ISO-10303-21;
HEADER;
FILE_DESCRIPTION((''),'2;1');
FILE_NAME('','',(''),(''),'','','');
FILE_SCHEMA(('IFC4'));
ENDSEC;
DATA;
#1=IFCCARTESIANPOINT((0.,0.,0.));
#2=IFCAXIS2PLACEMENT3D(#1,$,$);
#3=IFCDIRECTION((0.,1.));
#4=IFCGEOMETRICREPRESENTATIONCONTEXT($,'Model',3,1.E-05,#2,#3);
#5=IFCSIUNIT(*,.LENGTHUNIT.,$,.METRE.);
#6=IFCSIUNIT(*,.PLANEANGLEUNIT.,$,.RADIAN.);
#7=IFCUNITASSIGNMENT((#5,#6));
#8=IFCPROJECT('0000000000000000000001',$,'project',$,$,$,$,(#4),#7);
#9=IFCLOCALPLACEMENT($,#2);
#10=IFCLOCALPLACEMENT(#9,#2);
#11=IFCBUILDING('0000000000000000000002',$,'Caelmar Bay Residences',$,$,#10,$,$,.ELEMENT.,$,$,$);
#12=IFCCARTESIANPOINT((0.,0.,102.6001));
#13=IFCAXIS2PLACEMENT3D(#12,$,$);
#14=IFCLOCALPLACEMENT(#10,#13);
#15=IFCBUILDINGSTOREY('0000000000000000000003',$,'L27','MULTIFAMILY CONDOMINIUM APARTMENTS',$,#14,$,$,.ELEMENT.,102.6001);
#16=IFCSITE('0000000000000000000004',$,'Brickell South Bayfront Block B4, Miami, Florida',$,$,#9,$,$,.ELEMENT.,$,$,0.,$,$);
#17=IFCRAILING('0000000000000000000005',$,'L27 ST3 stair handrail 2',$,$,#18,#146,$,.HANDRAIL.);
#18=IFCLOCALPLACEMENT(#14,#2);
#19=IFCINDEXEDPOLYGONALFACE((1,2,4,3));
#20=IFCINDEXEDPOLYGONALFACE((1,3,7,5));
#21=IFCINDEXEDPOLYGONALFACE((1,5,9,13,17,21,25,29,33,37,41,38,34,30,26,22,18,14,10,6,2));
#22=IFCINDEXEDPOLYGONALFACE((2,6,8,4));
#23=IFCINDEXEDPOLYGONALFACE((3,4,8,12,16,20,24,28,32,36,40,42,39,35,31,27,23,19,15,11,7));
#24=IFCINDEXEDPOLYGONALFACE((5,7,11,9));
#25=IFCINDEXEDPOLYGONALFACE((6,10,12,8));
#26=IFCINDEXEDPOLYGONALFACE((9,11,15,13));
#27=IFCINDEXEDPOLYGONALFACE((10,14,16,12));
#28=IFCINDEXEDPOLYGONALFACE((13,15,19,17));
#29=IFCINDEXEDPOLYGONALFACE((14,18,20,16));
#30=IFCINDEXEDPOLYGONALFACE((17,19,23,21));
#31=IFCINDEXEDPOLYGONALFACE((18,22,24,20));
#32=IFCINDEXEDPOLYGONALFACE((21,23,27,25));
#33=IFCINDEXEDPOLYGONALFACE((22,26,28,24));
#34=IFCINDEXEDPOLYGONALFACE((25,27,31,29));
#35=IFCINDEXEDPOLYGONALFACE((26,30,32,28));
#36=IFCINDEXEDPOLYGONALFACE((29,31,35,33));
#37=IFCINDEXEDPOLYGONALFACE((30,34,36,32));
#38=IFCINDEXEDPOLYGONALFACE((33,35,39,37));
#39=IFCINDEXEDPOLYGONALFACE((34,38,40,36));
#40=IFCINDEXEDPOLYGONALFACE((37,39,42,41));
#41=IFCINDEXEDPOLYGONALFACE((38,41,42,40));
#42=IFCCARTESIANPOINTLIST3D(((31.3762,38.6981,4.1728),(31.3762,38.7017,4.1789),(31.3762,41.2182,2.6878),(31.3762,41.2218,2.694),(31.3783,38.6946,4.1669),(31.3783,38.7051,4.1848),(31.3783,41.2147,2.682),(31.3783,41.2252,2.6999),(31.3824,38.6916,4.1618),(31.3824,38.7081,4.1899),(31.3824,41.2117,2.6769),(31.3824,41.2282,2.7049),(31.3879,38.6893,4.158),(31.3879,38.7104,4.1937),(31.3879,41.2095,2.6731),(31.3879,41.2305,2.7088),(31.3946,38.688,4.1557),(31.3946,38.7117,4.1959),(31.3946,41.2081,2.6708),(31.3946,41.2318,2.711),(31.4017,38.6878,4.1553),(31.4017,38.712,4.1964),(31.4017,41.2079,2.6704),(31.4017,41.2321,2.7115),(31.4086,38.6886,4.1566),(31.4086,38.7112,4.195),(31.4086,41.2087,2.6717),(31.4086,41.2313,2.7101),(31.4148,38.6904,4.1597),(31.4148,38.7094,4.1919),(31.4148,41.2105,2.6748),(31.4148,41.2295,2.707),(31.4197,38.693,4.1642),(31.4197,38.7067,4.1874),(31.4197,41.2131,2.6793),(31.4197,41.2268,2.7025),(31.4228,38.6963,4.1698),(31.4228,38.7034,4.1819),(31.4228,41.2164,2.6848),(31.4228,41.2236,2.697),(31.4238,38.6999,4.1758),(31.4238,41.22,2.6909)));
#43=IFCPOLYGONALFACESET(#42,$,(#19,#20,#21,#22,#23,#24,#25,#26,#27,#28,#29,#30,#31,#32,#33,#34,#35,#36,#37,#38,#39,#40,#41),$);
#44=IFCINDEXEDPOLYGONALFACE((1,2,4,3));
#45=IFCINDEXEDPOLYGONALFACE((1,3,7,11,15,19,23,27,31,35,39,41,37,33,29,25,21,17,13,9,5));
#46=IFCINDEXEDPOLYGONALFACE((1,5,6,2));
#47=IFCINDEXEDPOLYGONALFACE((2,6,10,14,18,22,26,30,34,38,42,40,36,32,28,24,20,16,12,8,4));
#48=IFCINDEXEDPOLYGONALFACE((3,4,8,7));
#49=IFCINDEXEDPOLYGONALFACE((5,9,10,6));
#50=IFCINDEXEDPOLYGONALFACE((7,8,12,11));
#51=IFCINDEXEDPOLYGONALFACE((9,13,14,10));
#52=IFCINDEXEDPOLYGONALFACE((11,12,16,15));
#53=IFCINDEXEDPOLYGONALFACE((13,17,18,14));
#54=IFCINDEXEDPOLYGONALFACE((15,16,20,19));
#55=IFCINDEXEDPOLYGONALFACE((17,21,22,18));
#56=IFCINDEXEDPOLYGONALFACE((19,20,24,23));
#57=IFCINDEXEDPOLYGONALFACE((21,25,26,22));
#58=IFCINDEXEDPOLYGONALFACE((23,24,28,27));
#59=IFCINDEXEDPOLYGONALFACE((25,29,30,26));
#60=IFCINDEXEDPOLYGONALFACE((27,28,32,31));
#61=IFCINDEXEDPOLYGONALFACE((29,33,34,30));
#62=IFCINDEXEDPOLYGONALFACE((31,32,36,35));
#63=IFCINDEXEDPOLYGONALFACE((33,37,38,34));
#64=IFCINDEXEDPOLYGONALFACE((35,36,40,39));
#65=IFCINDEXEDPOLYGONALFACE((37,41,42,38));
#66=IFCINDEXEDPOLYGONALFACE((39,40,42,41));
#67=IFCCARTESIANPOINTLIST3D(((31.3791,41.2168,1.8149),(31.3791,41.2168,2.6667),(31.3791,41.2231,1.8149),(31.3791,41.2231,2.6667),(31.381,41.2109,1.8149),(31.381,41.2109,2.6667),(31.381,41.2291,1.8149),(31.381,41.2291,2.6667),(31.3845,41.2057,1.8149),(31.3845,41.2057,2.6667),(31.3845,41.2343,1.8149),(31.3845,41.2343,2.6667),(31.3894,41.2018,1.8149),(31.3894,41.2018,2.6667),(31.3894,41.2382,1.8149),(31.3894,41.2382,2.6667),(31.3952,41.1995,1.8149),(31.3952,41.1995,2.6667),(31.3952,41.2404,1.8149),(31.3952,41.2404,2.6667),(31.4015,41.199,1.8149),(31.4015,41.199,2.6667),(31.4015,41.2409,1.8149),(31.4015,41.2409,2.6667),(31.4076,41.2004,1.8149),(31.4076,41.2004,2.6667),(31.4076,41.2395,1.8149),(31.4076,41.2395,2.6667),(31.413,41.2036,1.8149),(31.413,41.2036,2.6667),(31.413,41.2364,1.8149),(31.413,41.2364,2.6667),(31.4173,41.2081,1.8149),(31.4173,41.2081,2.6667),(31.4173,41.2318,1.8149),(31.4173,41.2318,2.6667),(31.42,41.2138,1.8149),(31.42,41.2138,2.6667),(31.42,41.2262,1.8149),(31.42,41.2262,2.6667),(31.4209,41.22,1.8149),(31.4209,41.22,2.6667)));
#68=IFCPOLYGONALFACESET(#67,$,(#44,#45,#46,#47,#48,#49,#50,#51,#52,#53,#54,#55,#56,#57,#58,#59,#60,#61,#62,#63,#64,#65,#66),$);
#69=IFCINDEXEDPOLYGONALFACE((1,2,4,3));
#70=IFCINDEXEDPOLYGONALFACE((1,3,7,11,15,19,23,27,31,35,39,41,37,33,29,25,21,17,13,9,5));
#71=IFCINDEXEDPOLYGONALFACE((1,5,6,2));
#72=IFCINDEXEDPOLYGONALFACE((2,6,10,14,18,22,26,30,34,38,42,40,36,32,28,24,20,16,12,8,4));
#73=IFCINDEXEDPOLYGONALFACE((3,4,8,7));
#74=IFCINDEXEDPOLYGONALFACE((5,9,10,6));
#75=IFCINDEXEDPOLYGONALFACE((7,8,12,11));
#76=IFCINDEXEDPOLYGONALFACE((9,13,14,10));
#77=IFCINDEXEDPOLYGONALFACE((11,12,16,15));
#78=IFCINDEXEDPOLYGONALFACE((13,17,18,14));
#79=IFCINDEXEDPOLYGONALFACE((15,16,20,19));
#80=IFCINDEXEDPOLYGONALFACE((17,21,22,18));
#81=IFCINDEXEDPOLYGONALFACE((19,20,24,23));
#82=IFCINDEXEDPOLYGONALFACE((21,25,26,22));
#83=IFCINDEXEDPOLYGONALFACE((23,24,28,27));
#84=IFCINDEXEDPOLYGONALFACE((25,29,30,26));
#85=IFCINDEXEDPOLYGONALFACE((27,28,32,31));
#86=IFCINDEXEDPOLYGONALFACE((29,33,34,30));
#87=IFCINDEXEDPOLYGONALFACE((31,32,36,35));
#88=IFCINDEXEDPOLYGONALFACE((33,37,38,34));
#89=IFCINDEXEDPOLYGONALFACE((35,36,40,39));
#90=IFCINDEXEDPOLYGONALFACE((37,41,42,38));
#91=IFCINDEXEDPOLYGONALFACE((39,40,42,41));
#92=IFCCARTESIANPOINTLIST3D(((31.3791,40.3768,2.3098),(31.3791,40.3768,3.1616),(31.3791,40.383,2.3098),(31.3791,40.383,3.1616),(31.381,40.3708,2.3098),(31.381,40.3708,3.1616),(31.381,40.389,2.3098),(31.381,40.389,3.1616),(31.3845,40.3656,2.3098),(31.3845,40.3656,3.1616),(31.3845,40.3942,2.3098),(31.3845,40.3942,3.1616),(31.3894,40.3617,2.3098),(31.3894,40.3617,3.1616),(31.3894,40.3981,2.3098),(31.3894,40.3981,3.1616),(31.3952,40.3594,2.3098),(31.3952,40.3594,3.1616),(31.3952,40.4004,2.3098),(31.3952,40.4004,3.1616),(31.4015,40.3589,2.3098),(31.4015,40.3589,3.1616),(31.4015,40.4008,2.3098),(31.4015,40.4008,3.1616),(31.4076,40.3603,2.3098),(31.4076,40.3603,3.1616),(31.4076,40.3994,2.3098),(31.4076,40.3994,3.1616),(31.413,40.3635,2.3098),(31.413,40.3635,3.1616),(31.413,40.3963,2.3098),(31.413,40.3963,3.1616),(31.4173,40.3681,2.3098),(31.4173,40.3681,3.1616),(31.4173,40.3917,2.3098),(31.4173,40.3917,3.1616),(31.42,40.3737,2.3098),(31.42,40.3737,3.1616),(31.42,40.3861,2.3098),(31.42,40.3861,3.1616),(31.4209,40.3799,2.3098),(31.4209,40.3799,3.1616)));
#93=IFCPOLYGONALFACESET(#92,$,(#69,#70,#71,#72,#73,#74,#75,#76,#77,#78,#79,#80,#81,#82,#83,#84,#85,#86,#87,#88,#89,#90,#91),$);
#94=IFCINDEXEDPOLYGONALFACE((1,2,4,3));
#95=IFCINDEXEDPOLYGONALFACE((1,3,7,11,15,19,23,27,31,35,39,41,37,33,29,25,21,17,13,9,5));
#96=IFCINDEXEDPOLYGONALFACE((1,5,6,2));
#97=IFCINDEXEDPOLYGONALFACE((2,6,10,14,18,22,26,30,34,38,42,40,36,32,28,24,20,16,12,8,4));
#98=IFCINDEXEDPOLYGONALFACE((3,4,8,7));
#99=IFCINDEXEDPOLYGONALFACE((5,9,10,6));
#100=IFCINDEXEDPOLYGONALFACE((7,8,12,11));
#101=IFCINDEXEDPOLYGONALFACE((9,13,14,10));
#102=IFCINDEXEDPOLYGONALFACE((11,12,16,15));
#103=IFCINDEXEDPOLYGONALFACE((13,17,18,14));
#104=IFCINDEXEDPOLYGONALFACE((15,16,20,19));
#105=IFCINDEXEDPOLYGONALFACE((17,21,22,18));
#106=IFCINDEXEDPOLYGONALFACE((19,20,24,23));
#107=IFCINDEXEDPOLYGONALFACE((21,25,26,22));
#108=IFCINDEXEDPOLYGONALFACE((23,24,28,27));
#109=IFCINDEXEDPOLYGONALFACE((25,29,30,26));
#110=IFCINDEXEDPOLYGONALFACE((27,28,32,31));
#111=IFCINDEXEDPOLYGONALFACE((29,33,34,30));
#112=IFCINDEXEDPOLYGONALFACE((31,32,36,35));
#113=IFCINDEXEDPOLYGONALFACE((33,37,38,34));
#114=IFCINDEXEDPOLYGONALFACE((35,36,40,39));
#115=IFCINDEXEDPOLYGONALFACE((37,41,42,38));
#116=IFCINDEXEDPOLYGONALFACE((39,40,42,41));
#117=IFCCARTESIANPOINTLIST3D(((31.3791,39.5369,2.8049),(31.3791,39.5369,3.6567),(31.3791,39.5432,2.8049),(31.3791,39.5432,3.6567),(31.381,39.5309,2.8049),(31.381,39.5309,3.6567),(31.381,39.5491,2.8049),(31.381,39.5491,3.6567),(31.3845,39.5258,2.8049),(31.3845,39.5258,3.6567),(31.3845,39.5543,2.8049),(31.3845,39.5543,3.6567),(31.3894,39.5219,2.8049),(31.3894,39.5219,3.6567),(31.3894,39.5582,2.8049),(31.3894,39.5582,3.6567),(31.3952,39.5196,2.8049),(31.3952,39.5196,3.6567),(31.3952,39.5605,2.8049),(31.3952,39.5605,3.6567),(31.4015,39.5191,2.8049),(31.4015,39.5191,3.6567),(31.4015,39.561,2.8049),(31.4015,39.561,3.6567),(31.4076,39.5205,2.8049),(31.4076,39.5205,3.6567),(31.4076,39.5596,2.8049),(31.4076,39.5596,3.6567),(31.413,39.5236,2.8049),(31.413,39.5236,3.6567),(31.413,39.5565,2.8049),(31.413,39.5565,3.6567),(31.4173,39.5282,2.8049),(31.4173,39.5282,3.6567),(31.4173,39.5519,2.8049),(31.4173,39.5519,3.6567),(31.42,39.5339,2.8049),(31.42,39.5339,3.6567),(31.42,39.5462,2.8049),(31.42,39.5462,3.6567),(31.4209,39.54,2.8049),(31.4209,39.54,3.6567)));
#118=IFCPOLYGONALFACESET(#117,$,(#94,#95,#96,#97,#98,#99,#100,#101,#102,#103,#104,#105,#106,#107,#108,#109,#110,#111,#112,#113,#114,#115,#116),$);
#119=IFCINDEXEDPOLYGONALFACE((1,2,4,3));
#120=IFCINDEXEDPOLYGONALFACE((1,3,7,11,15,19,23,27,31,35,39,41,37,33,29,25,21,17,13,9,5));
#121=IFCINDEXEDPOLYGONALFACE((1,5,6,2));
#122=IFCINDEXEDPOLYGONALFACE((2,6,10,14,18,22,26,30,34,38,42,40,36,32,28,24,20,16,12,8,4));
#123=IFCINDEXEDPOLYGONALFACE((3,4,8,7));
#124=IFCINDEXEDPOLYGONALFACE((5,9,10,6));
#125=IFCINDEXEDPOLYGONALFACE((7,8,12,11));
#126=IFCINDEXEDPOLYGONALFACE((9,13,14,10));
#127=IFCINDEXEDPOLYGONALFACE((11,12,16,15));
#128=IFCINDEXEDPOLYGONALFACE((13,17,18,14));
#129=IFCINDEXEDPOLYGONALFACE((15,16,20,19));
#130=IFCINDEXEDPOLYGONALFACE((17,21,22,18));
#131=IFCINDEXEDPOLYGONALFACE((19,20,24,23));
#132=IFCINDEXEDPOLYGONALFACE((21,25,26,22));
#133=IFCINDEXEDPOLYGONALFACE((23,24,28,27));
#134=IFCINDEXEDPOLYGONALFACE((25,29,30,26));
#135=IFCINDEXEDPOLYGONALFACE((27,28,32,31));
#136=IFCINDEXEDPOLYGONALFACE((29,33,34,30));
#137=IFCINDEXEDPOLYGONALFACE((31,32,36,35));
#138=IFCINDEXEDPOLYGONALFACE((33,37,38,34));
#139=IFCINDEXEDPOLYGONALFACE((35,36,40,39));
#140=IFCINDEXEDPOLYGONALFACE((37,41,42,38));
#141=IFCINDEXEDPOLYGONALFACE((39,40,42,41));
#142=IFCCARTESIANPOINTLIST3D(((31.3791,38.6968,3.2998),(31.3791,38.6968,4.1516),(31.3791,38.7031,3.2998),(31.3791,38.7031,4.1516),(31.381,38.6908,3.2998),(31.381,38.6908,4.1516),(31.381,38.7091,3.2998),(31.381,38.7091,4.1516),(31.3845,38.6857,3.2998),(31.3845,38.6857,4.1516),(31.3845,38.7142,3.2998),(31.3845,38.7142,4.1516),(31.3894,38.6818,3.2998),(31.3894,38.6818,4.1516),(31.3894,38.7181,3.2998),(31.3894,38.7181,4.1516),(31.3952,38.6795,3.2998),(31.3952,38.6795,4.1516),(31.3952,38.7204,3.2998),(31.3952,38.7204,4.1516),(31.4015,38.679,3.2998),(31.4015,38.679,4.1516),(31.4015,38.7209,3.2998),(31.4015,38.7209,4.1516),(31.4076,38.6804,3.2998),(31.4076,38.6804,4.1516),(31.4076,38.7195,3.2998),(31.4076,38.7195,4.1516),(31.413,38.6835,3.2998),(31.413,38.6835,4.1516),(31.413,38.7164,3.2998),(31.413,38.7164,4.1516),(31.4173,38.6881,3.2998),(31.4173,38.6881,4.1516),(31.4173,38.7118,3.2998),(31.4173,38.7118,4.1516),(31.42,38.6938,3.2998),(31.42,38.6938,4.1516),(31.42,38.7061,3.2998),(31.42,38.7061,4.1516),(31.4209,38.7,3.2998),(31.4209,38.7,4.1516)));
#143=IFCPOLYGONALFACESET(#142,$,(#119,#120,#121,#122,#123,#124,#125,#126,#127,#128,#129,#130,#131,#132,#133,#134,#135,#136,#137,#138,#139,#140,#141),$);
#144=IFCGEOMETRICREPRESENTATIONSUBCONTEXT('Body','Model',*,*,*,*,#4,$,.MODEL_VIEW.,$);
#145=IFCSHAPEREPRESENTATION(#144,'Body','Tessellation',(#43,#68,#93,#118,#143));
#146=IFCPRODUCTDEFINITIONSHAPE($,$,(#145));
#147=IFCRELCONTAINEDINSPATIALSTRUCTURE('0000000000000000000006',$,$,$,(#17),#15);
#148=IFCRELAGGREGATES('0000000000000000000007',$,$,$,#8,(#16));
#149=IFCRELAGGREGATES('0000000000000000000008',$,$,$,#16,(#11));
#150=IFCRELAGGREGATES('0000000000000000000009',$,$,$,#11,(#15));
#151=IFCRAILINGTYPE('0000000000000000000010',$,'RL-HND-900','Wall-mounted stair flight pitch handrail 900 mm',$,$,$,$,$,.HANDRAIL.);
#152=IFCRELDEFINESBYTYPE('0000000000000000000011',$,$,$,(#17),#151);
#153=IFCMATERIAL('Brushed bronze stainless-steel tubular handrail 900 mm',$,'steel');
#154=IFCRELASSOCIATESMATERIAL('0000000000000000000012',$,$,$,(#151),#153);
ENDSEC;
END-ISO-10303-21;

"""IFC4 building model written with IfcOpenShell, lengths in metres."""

from ifc_helpers import new_model, si_unit, direction, frame, origin, origin_2d, place, context, subcontext, project, spatial, circle, extrude, material, type_object, element, save


model = new_model("IFC4")

# Units and contexts
model_context = context("Model", 3, precision=1e-05, world=origin(), true_north=direction((0.0, 1.0)))
body_context = subcontext(model_context, "Body", "Model", "MODEL_VIEW")
ifc_project = project(units=[si_unit("LENGTHUNIT", "METRE"), si_unit("PLANEANGLEUNIT", "RADIAN")], contexts=[model_context])

# Site, building, storey
site_placement = place(None, origin())
site = spatial("IfcSite", under=ifc_project, at=site_placement, Name="Brickell South Bayfront Block B4, Miami, Florida", CompositionType="ELEMENT", RefElevation=0.0)
building_placement = place(site_placement, origin())
building = spatial("IfcBuilding", under=site, at=building_placement, Name="Caelmar Bay Residences", CompositionType="ELEMENT")
storey_placement = place(building_placement, frame((0.0, 0.0, 102.6001)))
storey = spatial("IfcBuildingStorey", under=building, at=storey_placement, Name="L27", Description="MULTIFAMILY CONDOMINIUM APARTMENTS", CompositionType="ELEMENT", Elevation=102.6001)

# Railing
ifc_material_1 = material(Name="Brushed bronze stainless-steel tubular handrail 900 mm", Category="steel")
railing_type_1 = type_object("IfcRailingType", Name="RL-HND-900", Description="Wall-mounted stair flight pitch handrail 900 mm", PredefinedType="HANDRAIL", material=ifc_material_1)
railing_1_placement = place(storey_placement, frame((31.3999, 41.22, 1.8149)))
element("IfcRailing", 1, at=railing_1_placement, inside=storey, type_object=railing_type_1, Name="L27 ST3 stair handrail 2", PredefinedType="HANDRAIL", context=body_context, shape_type="SweptSolid", body=[
    extrude(circle(Radius=0.0239, at=origin_2d()), frame((0.0, 0.0, 0.876), z_axis=(0.0, -0.861561, 0.507655), x_axis=(1.0, 0.0, 0.0)), (0.0, 0.0, 1.0), 2.925),
    extrude(circle(Radius=0.021, at=origin_2d()), origin(), (0.0, 0.0, 1.0), 0.8518),
    extrude(circle(Radius=0.021, at=origin_2d()), frame((0.0, -0.8401, 0.4949)), (0.0, 0.0, 1.0), 0.8518),
    extrude(circle(Radius=0.021, at=origin_2d()), frame((0.0, -1.6799, 0.99)), (0.0, 0.0, 1.0), 0.8518),
    extrude(circle(Radius=0.021, at=origin_2d()), frame((0.0, -2.52, 1.4849)), (0.0, 0.0, 1.0), 0.8518),
])

save(model, "model.ifc")
